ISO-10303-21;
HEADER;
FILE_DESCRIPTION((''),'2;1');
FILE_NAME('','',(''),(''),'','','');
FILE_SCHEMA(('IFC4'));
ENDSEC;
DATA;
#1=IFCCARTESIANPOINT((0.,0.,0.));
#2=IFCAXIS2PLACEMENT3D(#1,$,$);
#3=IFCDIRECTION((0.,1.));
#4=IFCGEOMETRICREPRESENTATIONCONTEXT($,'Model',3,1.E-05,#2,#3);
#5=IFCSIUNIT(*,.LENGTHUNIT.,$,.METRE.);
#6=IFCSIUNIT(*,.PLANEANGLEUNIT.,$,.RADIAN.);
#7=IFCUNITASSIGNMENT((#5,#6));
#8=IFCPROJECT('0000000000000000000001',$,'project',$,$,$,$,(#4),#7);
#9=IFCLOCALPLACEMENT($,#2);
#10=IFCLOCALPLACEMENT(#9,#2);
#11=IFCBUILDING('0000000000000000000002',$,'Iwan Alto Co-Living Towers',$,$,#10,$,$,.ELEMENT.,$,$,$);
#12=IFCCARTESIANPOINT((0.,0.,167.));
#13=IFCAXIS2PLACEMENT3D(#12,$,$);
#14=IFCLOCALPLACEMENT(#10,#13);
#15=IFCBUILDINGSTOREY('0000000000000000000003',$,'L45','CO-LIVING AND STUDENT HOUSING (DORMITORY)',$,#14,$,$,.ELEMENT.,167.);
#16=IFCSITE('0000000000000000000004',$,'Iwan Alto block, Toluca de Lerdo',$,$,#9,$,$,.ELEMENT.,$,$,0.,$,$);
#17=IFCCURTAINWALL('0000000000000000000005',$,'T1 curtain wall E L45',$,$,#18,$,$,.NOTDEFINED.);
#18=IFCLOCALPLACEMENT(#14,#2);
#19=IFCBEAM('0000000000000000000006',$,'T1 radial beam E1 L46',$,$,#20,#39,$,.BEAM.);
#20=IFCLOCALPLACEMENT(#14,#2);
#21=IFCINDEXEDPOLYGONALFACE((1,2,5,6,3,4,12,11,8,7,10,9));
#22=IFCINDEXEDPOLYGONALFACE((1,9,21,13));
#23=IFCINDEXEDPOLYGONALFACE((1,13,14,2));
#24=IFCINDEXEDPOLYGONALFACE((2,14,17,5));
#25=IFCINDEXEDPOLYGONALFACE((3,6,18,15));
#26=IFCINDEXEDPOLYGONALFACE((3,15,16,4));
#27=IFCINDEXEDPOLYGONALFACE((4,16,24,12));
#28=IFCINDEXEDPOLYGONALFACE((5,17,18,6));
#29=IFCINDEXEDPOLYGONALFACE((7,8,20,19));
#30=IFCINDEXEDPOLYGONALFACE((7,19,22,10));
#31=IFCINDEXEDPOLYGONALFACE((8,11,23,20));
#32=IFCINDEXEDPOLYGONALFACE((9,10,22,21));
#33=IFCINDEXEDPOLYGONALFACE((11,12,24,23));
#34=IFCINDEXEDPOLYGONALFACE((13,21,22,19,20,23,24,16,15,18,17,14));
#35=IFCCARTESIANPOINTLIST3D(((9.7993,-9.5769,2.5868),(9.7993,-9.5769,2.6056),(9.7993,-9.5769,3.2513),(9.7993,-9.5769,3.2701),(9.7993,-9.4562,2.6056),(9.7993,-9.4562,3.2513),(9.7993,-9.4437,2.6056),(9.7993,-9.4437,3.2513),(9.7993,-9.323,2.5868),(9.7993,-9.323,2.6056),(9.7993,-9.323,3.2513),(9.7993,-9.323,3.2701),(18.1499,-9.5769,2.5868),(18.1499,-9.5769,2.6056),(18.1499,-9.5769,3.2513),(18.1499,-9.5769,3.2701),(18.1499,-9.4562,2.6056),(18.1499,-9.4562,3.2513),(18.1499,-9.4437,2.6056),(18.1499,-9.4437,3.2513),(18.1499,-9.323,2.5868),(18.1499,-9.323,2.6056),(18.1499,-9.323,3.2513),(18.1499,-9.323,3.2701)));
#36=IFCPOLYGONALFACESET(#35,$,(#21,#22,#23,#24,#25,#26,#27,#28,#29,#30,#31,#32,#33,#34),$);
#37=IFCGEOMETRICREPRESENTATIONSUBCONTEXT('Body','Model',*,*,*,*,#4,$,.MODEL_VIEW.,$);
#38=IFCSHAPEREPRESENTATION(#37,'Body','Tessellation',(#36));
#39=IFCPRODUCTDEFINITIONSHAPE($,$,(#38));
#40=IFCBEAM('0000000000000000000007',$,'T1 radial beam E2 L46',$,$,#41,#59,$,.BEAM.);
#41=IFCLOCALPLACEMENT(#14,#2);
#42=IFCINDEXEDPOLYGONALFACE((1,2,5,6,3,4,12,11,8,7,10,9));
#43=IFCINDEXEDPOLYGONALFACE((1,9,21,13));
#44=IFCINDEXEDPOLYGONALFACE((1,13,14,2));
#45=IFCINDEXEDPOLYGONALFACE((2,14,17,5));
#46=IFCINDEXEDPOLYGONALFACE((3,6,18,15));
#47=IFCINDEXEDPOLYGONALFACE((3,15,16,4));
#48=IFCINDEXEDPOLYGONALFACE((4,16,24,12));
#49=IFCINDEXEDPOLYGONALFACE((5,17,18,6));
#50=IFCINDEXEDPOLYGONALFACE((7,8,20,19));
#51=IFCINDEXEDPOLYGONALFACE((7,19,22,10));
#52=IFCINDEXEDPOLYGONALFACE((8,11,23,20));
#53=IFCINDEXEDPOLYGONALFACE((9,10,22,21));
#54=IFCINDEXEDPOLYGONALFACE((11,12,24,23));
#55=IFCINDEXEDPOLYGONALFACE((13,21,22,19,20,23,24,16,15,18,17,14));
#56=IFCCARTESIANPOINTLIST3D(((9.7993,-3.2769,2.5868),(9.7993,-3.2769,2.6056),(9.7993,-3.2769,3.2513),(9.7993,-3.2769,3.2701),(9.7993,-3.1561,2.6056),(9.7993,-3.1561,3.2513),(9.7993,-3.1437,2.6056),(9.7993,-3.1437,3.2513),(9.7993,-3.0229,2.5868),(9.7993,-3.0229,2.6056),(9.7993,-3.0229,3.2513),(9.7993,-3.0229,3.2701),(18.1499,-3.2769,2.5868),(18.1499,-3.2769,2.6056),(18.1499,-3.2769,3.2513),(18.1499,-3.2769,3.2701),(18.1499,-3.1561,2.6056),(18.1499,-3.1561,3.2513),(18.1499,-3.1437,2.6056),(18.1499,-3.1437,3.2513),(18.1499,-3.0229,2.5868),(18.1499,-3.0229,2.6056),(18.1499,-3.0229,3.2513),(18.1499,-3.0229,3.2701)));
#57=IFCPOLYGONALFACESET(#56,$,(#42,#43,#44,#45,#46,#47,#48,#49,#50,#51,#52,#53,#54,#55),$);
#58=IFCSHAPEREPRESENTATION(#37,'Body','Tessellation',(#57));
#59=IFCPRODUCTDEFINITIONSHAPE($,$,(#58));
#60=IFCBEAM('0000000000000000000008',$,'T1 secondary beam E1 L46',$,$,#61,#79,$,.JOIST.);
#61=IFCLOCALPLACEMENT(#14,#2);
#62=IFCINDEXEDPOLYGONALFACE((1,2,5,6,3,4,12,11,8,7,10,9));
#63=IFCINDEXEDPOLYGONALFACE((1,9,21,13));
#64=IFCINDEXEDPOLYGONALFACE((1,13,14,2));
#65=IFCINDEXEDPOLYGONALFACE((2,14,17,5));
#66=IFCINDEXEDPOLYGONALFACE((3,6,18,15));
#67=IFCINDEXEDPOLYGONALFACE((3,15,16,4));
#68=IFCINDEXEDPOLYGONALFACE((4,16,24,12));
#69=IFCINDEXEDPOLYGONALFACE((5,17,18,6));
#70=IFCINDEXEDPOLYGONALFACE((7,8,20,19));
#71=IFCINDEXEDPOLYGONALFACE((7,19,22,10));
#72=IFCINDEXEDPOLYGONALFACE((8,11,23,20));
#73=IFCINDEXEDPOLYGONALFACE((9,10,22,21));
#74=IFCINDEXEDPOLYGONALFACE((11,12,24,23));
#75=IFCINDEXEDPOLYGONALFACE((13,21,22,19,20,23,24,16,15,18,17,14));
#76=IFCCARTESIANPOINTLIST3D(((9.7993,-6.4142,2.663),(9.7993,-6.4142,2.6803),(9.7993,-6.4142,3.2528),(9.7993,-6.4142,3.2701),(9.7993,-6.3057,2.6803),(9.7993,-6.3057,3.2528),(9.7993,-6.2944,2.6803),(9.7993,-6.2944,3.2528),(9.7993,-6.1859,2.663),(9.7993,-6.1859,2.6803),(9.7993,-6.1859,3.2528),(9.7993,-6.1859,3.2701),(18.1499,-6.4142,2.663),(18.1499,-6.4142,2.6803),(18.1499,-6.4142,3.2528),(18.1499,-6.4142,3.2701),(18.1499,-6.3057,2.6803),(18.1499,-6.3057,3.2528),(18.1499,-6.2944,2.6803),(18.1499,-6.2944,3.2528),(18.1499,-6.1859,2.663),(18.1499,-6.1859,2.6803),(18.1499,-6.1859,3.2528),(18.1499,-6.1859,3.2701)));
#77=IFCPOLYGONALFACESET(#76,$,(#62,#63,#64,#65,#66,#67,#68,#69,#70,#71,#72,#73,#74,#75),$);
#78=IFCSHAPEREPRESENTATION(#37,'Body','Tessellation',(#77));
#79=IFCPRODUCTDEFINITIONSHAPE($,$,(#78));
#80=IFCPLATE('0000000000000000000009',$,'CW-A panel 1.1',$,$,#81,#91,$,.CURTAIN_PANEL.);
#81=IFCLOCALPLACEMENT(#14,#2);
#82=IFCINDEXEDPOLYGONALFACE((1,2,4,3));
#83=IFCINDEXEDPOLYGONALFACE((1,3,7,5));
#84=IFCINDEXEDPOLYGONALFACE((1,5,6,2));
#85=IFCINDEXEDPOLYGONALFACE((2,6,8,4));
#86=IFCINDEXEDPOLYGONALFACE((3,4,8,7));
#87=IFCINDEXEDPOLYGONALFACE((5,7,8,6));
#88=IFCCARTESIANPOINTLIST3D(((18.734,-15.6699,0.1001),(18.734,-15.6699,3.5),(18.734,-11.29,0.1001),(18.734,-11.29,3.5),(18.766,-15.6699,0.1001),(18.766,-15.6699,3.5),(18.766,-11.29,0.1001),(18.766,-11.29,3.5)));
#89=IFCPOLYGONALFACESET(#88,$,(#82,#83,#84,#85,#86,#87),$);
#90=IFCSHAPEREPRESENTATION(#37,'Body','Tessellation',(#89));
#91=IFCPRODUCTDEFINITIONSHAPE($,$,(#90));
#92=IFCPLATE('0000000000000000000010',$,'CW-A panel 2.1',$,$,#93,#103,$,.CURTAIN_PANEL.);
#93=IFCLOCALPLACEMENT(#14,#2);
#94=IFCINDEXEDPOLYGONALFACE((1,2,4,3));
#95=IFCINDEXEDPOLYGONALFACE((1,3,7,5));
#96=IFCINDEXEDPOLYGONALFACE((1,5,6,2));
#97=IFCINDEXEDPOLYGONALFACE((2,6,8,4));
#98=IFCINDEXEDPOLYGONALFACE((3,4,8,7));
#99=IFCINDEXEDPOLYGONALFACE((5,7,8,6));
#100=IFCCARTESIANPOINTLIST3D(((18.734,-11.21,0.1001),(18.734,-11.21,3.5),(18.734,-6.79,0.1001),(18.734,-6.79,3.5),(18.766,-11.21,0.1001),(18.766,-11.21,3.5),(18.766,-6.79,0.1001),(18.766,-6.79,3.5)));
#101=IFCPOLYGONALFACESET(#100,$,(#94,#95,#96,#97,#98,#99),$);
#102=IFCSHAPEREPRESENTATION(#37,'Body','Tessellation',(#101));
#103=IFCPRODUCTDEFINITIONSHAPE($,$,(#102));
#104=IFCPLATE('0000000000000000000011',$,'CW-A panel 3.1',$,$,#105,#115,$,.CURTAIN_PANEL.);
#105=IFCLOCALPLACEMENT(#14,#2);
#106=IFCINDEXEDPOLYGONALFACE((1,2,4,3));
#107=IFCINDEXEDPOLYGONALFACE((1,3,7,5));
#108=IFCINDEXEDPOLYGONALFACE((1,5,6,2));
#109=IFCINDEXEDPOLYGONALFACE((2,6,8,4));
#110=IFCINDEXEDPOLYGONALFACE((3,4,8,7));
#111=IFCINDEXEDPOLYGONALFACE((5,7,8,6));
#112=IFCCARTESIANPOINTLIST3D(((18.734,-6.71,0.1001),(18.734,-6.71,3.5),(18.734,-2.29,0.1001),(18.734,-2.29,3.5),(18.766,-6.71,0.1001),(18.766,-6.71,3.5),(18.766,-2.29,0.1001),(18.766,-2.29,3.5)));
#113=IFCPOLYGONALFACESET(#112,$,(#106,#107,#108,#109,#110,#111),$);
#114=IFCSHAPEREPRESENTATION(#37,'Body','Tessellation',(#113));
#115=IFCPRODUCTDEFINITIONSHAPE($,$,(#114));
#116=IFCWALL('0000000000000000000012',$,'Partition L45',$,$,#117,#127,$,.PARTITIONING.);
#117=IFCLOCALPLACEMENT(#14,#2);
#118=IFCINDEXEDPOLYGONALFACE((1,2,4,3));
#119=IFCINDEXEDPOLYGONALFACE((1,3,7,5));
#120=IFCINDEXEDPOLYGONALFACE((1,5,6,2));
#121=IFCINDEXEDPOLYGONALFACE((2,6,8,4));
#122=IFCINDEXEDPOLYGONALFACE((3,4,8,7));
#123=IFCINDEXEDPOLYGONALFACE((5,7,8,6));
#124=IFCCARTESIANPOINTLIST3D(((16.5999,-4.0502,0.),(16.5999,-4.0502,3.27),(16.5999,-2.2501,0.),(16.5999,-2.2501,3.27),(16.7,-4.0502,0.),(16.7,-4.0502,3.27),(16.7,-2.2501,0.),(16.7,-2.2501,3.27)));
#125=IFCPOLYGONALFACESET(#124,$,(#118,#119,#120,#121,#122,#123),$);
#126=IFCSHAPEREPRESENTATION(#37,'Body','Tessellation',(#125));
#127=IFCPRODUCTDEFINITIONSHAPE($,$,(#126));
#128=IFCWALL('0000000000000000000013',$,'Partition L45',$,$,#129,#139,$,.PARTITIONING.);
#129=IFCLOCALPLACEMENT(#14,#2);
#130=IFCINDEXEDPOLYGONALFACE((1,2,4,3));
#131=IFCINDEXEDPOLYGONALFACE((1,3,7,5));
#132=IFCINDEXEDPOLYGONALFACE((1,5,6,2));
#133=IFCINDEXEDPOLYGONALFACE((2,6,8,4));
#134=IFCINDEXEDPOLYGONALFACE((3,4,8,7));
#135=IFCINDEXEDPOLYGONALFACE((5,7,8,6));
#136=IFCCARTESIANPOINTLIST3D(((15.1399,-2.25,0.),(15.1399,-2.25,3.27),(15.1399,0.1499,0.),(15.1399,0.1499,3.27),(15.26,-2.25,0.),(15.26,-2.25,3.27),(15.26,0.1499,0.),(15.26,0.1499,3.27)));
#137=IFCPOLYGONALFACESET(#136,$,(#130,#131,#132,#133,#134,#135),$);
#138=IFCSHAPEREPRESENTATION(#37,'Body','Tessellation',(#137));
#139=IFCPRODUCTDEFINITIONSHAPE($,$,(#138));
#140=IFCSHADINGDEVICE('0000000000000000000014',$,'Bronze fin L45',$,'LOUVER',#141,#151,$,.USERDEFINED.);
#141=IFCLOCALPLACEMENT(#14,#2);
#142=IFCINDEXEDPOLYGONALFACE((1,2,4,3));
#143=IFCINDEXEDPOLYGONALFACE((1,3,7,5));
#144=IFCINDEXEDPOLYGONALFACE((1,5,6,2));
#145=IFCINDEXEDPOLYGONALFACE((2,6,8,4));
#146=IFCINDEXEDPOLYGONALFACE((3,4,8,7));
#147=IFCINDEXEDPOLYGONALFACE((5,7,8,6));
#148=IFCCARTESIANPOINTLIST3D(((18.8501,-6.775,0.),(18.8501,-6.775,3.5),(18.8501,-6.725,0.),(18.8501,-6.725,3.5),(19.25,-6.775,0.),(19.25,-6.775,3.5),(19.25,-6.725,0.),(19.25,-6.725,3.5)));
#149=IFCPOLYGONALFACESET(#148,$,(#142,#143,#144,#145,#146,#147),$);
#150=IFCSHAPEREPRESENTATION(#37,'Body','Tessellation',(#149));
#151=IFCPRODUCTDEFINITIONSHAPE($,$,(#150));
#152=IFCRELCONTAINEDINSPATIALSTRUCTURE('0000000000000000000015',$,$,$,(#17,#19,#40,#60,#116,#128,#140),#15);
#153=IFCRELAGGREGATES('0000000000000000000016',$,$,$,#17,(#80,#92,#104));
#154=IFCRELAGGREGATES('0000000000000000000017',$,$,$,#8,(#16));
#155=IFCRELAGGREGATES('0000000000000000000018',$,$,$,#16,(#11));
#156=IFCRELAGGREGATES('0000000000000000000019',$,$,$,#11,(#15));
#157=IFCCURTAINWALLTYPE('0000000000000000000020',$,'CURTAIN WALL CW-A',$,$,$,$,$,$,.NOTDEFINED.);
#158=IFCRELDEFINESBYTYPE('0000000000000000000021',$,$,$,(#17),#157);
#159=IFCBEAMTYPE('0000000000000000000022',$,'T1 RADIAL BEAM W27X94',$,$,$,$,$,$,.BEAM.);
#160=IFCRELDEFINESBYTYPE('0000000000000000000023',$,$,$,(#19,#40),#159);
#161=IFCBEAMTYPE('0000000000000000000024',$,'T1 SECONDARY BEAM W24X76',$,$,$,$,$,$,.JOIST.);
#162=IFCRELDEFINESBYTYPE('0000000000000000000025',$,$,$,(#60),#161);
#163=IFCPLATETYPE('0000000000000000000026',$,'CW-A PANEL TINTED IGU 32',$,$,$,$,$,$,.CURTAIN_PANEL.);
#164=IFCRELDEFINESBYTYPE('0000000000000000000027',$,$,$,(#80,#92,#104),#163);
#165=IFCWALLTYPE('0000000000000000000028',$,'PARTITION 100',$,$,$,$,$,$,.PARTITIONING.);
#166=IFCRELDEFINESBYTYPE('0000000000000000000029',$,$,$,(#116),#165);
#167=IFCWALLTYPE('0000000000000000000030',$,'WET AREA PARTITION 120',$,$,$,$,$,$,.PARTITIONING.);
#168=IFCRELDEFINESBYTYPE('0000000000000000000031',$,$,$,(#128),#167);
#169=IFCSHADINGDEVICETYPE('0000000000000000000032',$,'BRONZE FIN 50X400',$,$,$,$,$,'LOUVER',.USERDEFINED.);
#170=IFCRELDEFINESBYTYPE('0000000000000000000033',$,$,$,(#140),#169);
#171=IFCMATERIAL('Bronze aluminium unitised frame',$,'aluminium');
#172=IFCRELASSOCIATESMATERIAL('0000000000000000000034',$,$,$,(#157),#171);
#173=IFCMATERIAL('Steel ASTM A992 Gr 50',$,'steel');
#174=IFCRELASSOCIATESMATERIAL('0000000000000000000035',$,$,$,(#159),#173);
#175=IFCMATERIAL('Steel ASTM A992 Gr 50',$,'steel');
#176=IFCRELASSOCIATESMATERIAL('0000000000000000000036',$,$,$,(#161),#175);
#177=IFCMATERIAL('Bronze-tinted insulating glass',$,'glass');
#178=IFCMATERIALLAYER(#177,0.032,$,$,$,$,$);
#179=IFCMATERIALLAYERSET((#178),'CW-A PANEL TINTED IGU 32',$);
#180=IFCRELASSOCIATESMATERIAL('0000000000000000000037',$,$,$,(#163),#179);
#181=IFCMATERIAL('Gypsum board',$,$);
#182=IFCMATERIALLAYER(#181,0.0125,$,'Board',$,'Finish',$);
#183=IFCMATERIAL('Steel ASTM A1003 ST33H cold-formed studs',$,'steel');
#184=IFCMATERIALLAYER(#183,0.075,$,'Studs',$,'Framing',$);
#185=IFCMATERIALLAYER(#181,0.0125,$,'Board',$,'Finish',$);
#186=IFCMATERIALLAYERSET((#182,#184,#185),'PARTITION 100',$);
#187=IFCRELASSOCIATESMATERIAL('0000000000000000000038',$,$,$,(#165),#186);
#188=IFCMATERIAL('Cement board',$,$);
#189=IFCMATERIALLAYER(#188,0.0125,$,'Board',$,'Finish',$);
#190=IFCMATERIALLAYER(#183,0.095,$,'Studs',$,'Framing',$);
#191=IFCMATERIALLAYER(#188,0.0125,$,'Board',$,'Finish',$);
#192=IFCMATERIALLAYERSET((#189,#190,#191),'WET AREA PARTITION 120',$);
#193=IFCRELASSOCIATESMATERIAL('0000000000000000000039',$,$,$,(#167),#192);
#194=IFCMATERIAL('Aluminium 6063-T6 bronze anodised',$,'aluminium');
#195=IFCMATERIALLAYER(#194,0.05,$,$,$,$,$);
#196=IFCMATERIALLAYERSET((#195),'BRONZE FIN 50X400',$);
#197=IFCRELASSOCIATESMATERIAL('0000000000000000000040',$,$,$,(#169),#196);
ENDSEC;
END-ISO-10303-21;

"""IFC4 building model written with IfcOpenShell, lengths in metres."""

from ifc_helpers import new_model, si_unit, direction, frame, frame_2d, origin, origin_2d, place, context, subcontext, project, spatial, rectangle, i_section, extrude, material, layer, layer_set, material_profile, profile_set, type_object, element, aggregate, save


model = new_model("IFC4")

# Units and contexts
model_context = context("Model", 3, precision=1e-05, world=origin(), true_north=direction((0.0, 1.0)))
body_context = subcontext(model_context, "Body", "Model", "MODEL_VIEW")
ifc_project = project(units=[si_unit("LENGTHUNIT", "METRE"), si_unit("PLANEANGLEUNIT", "RADIAN")], contexts=[model_context])

# Site, building, storey
site_placement = place(None, origin())
site = spatial("IfcSite", under=ifc_project, at=site_placement, Name="Iwan Alto block, Toluca de Lerdo", CompositionType="ELEMENT", RefElevation=0.0)
building_placement = place(site_placement, origin())
building = spatial("IfcBuilding", under=site, at=building_placement, Name="Iwan Alto Co-Living Towers", CompositionType="ELEMENT")
storey_placement = place(building_placement, frame((0.0, 0.0, 167.0)))
storey = spatial("IfcBuildingStorey", under=building, at=storey_placement, Name="L45", Description="CO-LIVING AND STUDENT HOUSING (DORMITORY)", CompositionType="ELEMENT", Elevation=167.0)

# Curtain wall
ifc_material_1 = material(Name="Bronze aluminium unitised frame", Category="aluminium")
curtain_wall_type = type_object("IfcCurtainWallType", Name="CURTAIN WALL CW-A", PredefinedType="NOTDEFINED", material=ifc_material_1)
curtain_wall_placement = place(storey_placement, origin())
curtain_wall = element("IfcCurtainWall", 1, at=curtain_wall_placement, inside=storey, type_object=curtain_wall_type, Name="T1 curtain wall E L45", PredefinedType="NOTDEFINED")

# Beams
ifc_material_2 = material(Name="Steel ASTM A992 Gr 50", Category="steel")
ifc_material_profile_1 = material_profile(ifc_material_2, i_section(OverallWidth=0.2539, OverallDepth=0.6833, WebThickness=0.0125, FlangeThickness=0.0188, at=origin_2d()), Name="W27X94")
ifc_profile_set_1 = profile_set([ifc_material_profile_1], Name="Steel ASTM A992 Gr 50")
beam_type_1 = type_object("IfcBeamType", Name="T1 RADIAL BEAM W27X94", PredefinedType="BEAM", material=ifc_profile_set_1)
for number, where, z_axis, x_axis, name in (
    (2, (18.1499, -9.45, 2.9285), (-1.0, 0.0, 0.0), (0.0, -1.0, 0.0), "T1 radial beam E1 L46"),
    (3, (18.1499, -3.1499, 2.9285), (-1.0, 0.0, 0.0), (0.0, -1.0, 0.0), "T1 radial beam E2 L46"),
):
    element("IfcBeam", number, at=place(storey_placement, frame(where, z_axis=z_axis, x_axis=x_axis)), inside=storey, type_object=beam_type_1, Name=name, PredefinedType="BEAM", context=body_context, shape_type="SweptSolid", body=[
        extrude(i_section(OverallWidth=0.2539, OverallDepth=0.6833, WebThickness=0.0125, FlangeThickness=0.0188, at=origin_2d()), origin(), (0.0, 0.0, 1.0), 8.3506),
    ])
ifc_material_3 = material(Name="Steel ASTM A992 Gr 50", Category="steel")
ifc_material_profile_2 = material_profile(ifc_material_3, i_section(OverallWidth=0.2283, OverallDepth=0.6072, WebThickness=0.0112, FlangeThickness=0.0173, at=origin_2d()), Name="W24X76")
ifc_profile_set_2 = profile_set([ifc_material_profile_2], Name="Steel ASTM A992 Gr 50")
beam_type_2 = type_object("IfcBeamType", Name="T1 SECONDARY BEAM W24X76", PredefinedType="JOIST", material=ifc_profile_set_2)
beam_1_placement = place(storey_placement, frame((18.1499, -6.3, 2.9666), z_axis=(-1.0, 0.0, 0.0), x_axis=(0.0, -1.0, 0.0)))
element("IfcBeam", 4, at=beam_1_placement, inside=storey, type_object=beam_type_2, Name="T1 secondary beam E1 L46", PredefinedType="JOIST", context=body_context, shape_type="SweptSolid", body=[
    extrude(i_section(OverallWidth=0.2283, OverallDepth=0.6072, WebThickness=0.0112, FlangeThickness=0.0173, at=origin_2d()), origin(), (0.0, 0.0, 1.0), 8.3506),
])

# Plates
ifc_material_4 = material(Name="Bronze-tinted insulating glass", Category="glass")
ifc_layer_1 = layer(ifc_material_4, 0.032)
ifc_layer_set_1 = layer_set([ifc_layer_1], Name="CW-A PANEL TINTED IGU 32")
plate_type = type_object("IfcPlateType", Name="CW-A PANEL TINTED IGU 32", PredefinedType="CURTAIN_PANEL", material=ifc_layer_set_1)
plate_1_placement = place(storey_placement, frame((18.75, -13.48, 0.1001), z_axis=(0.0, 0.0, 1.0), x_axis=(0.0, 1.0, 0.0)))
plate_1 = element("IfcPlate", 5, at=plate_1_placement, type_object=plate_type, Name="CW-A panel 1.1", PredefinedType="CURTAIN_PANEL", context=body_context, shape_type="SweptSolid", body=[
    extrude(rectangle(XDim=4.3799, YDim=0.032, at=origin_2d()), origin(), (0.0, 0.0, 1.0), 3.3999),
])
plate_2_placement = place(storey_placement, frame((18.75, -9.0, 0.1001), z_axis=(0.0, 0.0, 1.0), x_axis=(0.0, 1.0, 0.0)))
plate_2 = element("IfcPlate", 6, at=plate_2_placement, type_object=plate_type, Name="CW-A panel 2.1", PredefinedType="CURTAIN_PANEL", context=body_context, shape_type="SweptSolid", body=[
    extrude(rectangle(XDim=4.4199, YDim=0.032, at=origin_2d()), origin(), (0.0, 0.0, 1.0), 3.3999),
])
plate_3_placement = place(storey_placement, frame((18.75, -4.5, 0.1001), z_axis=(0.0, 0.0, 1.0), x_axis=(0.0, 1.0, 0.0)))
plate_3 = element("IfcPlate", 7, at=plate_3_placement, type_object=plate_type, Name="CW-A panel 3.1", PredefinedType="CURTAIN_PANEL", context=body_context, shape_type="SweptSolid", body=[
    extrude(rectangle(XDim=4.4199, YDim=0.032, at=origin_2d()), origin(), (0.0, 0.0, 1.0), 3.3999),
])
aggregate(curtain_wall, [plate_1, plate_2, plate_3])

# Walls
ifc_material_5 = material(Name="Gypsum board")
ifc_layer_2 = layer(ifc_material_5, 0.0125, Name="Board", Category="Finish")
ifc_material_6 = material(Name="Steel ASTM A1003 ST33H cold-formed studs", Category="steel")
ifc_layer_3 = layer(ifc_material_6, 0.075, Name="Studs", Category="Framing")
ifc_layer_4 = layer(ifc_material_5, 0.0125, Name="Board", Category="Finish")
ifc_layer_set_2 = layer_set([ifc_layer_2, ifc_layer_3, ifc_layer_4], Name="PARTITION 100")
wall_type_1 = type_object("IfcWallType", Name="PARTITION 100", PredefinedType="PARTITIONING", material=ifc_layer_set_2)
wall_1_placement = place(storey_placement, frame((16.6499, -4.05, 0.0), z_axis=(0.0, 0.0, 1.0), x_axis=(0.0, 1.0, 0.0)))
element("IfcWall", 8, at=wall_1_placement, inside=storey, type_object=wall_type_1, Name="Partition L45", PredefinedType="PARTITIONING", context=body_context, shape_type="SweptSolid", body=[
    extrude(rectangle(XDim=1.8, YDim=0.1001, at=frame_2d((0.8999, 0.0))), origin(), (0.0, 0.0, 1.0), 3.27),
])
ifc_material_7 = material(Name="Cement board")
ifc_layer_5 = layer(ifc_material_7, 0.0125, Name="Board", Category="Finish")
ifc_layer_6 = layer(ifc_material_6, 0.095, Name="Studs", Category="Framing")
ifc_layer_7 = layer(ifc_material_7, 0.0125, Name="Board", Category="Finish")
ifc_layer_set_3 = layer_set([ifc_layer_5, ifc_layer_6, ifc_layer_7], Name="WET AREA PARTITION 120")
wall_type_2 = type_object("IfcWallType", Name="WET AREA PARTITION 120", PredefinedType="PARTITIONING", material=ifc_layer_set_3)
wall_2_placement = place(storey_placement, frame((15.2, -2.25, 0.0), z_axis=(0.0, 0.0, 1.0), x_axis=(0.0, 1.0, 0.0)))
element("IfcWall", 9, at=wall_2_placement, inside=storey, type_object=wall_type_2, Name="Partition L45", PredefinedType="PARTITIONING", context=body_context, shape_type="SweptSolid", body=[
    extrude(rectangle(XDim=2.3999, YDim=0.1201, at=frame_2d((1.2, 0.0))), origin(), (0.0, 0.0, 1.0), 3.27),
])

# Shading device
ifc_material_8 = material(Name="Aluminium 6063-T6 bronze anodised", Category="aluminium")
ifc_layer_8 = layer(ifc_material_8, 0.05)
ifc_layer_set_4 = layer_set([ifc_layer_8], Name="BRONZE FIN 50X400")
shading_device_type = type_object("IfcShadingDeviceType", Name="BRONZE FIN 50X400", ElementType="LOUVER", PredefinedType="USERDEFINED", material=ifc_layer_set_4)
shading_device_placement = place(storey_placement, frame((19.05, -6.75, 0.0), z_axis=(0.0, 0.0, 1.0), x_axis=(0.0, 1.0, 0.0)))
element("IfcShadingDevice", 10, at=shading_device_placement, inside=storey, type_object=shading_device_type, Name="Bronze fin L45", ObjectType="LOUVER", PredefinedType="USERDEFINED", context=body_context, shape_type="SweptSolid", body=[
    extrude(rectangle(XDim=0.05, YDim=0.3999, at=origin_2d()), origin(), (0.0, 0.0, 1.0), 3.5),
])

save(model, "model.ifc")
